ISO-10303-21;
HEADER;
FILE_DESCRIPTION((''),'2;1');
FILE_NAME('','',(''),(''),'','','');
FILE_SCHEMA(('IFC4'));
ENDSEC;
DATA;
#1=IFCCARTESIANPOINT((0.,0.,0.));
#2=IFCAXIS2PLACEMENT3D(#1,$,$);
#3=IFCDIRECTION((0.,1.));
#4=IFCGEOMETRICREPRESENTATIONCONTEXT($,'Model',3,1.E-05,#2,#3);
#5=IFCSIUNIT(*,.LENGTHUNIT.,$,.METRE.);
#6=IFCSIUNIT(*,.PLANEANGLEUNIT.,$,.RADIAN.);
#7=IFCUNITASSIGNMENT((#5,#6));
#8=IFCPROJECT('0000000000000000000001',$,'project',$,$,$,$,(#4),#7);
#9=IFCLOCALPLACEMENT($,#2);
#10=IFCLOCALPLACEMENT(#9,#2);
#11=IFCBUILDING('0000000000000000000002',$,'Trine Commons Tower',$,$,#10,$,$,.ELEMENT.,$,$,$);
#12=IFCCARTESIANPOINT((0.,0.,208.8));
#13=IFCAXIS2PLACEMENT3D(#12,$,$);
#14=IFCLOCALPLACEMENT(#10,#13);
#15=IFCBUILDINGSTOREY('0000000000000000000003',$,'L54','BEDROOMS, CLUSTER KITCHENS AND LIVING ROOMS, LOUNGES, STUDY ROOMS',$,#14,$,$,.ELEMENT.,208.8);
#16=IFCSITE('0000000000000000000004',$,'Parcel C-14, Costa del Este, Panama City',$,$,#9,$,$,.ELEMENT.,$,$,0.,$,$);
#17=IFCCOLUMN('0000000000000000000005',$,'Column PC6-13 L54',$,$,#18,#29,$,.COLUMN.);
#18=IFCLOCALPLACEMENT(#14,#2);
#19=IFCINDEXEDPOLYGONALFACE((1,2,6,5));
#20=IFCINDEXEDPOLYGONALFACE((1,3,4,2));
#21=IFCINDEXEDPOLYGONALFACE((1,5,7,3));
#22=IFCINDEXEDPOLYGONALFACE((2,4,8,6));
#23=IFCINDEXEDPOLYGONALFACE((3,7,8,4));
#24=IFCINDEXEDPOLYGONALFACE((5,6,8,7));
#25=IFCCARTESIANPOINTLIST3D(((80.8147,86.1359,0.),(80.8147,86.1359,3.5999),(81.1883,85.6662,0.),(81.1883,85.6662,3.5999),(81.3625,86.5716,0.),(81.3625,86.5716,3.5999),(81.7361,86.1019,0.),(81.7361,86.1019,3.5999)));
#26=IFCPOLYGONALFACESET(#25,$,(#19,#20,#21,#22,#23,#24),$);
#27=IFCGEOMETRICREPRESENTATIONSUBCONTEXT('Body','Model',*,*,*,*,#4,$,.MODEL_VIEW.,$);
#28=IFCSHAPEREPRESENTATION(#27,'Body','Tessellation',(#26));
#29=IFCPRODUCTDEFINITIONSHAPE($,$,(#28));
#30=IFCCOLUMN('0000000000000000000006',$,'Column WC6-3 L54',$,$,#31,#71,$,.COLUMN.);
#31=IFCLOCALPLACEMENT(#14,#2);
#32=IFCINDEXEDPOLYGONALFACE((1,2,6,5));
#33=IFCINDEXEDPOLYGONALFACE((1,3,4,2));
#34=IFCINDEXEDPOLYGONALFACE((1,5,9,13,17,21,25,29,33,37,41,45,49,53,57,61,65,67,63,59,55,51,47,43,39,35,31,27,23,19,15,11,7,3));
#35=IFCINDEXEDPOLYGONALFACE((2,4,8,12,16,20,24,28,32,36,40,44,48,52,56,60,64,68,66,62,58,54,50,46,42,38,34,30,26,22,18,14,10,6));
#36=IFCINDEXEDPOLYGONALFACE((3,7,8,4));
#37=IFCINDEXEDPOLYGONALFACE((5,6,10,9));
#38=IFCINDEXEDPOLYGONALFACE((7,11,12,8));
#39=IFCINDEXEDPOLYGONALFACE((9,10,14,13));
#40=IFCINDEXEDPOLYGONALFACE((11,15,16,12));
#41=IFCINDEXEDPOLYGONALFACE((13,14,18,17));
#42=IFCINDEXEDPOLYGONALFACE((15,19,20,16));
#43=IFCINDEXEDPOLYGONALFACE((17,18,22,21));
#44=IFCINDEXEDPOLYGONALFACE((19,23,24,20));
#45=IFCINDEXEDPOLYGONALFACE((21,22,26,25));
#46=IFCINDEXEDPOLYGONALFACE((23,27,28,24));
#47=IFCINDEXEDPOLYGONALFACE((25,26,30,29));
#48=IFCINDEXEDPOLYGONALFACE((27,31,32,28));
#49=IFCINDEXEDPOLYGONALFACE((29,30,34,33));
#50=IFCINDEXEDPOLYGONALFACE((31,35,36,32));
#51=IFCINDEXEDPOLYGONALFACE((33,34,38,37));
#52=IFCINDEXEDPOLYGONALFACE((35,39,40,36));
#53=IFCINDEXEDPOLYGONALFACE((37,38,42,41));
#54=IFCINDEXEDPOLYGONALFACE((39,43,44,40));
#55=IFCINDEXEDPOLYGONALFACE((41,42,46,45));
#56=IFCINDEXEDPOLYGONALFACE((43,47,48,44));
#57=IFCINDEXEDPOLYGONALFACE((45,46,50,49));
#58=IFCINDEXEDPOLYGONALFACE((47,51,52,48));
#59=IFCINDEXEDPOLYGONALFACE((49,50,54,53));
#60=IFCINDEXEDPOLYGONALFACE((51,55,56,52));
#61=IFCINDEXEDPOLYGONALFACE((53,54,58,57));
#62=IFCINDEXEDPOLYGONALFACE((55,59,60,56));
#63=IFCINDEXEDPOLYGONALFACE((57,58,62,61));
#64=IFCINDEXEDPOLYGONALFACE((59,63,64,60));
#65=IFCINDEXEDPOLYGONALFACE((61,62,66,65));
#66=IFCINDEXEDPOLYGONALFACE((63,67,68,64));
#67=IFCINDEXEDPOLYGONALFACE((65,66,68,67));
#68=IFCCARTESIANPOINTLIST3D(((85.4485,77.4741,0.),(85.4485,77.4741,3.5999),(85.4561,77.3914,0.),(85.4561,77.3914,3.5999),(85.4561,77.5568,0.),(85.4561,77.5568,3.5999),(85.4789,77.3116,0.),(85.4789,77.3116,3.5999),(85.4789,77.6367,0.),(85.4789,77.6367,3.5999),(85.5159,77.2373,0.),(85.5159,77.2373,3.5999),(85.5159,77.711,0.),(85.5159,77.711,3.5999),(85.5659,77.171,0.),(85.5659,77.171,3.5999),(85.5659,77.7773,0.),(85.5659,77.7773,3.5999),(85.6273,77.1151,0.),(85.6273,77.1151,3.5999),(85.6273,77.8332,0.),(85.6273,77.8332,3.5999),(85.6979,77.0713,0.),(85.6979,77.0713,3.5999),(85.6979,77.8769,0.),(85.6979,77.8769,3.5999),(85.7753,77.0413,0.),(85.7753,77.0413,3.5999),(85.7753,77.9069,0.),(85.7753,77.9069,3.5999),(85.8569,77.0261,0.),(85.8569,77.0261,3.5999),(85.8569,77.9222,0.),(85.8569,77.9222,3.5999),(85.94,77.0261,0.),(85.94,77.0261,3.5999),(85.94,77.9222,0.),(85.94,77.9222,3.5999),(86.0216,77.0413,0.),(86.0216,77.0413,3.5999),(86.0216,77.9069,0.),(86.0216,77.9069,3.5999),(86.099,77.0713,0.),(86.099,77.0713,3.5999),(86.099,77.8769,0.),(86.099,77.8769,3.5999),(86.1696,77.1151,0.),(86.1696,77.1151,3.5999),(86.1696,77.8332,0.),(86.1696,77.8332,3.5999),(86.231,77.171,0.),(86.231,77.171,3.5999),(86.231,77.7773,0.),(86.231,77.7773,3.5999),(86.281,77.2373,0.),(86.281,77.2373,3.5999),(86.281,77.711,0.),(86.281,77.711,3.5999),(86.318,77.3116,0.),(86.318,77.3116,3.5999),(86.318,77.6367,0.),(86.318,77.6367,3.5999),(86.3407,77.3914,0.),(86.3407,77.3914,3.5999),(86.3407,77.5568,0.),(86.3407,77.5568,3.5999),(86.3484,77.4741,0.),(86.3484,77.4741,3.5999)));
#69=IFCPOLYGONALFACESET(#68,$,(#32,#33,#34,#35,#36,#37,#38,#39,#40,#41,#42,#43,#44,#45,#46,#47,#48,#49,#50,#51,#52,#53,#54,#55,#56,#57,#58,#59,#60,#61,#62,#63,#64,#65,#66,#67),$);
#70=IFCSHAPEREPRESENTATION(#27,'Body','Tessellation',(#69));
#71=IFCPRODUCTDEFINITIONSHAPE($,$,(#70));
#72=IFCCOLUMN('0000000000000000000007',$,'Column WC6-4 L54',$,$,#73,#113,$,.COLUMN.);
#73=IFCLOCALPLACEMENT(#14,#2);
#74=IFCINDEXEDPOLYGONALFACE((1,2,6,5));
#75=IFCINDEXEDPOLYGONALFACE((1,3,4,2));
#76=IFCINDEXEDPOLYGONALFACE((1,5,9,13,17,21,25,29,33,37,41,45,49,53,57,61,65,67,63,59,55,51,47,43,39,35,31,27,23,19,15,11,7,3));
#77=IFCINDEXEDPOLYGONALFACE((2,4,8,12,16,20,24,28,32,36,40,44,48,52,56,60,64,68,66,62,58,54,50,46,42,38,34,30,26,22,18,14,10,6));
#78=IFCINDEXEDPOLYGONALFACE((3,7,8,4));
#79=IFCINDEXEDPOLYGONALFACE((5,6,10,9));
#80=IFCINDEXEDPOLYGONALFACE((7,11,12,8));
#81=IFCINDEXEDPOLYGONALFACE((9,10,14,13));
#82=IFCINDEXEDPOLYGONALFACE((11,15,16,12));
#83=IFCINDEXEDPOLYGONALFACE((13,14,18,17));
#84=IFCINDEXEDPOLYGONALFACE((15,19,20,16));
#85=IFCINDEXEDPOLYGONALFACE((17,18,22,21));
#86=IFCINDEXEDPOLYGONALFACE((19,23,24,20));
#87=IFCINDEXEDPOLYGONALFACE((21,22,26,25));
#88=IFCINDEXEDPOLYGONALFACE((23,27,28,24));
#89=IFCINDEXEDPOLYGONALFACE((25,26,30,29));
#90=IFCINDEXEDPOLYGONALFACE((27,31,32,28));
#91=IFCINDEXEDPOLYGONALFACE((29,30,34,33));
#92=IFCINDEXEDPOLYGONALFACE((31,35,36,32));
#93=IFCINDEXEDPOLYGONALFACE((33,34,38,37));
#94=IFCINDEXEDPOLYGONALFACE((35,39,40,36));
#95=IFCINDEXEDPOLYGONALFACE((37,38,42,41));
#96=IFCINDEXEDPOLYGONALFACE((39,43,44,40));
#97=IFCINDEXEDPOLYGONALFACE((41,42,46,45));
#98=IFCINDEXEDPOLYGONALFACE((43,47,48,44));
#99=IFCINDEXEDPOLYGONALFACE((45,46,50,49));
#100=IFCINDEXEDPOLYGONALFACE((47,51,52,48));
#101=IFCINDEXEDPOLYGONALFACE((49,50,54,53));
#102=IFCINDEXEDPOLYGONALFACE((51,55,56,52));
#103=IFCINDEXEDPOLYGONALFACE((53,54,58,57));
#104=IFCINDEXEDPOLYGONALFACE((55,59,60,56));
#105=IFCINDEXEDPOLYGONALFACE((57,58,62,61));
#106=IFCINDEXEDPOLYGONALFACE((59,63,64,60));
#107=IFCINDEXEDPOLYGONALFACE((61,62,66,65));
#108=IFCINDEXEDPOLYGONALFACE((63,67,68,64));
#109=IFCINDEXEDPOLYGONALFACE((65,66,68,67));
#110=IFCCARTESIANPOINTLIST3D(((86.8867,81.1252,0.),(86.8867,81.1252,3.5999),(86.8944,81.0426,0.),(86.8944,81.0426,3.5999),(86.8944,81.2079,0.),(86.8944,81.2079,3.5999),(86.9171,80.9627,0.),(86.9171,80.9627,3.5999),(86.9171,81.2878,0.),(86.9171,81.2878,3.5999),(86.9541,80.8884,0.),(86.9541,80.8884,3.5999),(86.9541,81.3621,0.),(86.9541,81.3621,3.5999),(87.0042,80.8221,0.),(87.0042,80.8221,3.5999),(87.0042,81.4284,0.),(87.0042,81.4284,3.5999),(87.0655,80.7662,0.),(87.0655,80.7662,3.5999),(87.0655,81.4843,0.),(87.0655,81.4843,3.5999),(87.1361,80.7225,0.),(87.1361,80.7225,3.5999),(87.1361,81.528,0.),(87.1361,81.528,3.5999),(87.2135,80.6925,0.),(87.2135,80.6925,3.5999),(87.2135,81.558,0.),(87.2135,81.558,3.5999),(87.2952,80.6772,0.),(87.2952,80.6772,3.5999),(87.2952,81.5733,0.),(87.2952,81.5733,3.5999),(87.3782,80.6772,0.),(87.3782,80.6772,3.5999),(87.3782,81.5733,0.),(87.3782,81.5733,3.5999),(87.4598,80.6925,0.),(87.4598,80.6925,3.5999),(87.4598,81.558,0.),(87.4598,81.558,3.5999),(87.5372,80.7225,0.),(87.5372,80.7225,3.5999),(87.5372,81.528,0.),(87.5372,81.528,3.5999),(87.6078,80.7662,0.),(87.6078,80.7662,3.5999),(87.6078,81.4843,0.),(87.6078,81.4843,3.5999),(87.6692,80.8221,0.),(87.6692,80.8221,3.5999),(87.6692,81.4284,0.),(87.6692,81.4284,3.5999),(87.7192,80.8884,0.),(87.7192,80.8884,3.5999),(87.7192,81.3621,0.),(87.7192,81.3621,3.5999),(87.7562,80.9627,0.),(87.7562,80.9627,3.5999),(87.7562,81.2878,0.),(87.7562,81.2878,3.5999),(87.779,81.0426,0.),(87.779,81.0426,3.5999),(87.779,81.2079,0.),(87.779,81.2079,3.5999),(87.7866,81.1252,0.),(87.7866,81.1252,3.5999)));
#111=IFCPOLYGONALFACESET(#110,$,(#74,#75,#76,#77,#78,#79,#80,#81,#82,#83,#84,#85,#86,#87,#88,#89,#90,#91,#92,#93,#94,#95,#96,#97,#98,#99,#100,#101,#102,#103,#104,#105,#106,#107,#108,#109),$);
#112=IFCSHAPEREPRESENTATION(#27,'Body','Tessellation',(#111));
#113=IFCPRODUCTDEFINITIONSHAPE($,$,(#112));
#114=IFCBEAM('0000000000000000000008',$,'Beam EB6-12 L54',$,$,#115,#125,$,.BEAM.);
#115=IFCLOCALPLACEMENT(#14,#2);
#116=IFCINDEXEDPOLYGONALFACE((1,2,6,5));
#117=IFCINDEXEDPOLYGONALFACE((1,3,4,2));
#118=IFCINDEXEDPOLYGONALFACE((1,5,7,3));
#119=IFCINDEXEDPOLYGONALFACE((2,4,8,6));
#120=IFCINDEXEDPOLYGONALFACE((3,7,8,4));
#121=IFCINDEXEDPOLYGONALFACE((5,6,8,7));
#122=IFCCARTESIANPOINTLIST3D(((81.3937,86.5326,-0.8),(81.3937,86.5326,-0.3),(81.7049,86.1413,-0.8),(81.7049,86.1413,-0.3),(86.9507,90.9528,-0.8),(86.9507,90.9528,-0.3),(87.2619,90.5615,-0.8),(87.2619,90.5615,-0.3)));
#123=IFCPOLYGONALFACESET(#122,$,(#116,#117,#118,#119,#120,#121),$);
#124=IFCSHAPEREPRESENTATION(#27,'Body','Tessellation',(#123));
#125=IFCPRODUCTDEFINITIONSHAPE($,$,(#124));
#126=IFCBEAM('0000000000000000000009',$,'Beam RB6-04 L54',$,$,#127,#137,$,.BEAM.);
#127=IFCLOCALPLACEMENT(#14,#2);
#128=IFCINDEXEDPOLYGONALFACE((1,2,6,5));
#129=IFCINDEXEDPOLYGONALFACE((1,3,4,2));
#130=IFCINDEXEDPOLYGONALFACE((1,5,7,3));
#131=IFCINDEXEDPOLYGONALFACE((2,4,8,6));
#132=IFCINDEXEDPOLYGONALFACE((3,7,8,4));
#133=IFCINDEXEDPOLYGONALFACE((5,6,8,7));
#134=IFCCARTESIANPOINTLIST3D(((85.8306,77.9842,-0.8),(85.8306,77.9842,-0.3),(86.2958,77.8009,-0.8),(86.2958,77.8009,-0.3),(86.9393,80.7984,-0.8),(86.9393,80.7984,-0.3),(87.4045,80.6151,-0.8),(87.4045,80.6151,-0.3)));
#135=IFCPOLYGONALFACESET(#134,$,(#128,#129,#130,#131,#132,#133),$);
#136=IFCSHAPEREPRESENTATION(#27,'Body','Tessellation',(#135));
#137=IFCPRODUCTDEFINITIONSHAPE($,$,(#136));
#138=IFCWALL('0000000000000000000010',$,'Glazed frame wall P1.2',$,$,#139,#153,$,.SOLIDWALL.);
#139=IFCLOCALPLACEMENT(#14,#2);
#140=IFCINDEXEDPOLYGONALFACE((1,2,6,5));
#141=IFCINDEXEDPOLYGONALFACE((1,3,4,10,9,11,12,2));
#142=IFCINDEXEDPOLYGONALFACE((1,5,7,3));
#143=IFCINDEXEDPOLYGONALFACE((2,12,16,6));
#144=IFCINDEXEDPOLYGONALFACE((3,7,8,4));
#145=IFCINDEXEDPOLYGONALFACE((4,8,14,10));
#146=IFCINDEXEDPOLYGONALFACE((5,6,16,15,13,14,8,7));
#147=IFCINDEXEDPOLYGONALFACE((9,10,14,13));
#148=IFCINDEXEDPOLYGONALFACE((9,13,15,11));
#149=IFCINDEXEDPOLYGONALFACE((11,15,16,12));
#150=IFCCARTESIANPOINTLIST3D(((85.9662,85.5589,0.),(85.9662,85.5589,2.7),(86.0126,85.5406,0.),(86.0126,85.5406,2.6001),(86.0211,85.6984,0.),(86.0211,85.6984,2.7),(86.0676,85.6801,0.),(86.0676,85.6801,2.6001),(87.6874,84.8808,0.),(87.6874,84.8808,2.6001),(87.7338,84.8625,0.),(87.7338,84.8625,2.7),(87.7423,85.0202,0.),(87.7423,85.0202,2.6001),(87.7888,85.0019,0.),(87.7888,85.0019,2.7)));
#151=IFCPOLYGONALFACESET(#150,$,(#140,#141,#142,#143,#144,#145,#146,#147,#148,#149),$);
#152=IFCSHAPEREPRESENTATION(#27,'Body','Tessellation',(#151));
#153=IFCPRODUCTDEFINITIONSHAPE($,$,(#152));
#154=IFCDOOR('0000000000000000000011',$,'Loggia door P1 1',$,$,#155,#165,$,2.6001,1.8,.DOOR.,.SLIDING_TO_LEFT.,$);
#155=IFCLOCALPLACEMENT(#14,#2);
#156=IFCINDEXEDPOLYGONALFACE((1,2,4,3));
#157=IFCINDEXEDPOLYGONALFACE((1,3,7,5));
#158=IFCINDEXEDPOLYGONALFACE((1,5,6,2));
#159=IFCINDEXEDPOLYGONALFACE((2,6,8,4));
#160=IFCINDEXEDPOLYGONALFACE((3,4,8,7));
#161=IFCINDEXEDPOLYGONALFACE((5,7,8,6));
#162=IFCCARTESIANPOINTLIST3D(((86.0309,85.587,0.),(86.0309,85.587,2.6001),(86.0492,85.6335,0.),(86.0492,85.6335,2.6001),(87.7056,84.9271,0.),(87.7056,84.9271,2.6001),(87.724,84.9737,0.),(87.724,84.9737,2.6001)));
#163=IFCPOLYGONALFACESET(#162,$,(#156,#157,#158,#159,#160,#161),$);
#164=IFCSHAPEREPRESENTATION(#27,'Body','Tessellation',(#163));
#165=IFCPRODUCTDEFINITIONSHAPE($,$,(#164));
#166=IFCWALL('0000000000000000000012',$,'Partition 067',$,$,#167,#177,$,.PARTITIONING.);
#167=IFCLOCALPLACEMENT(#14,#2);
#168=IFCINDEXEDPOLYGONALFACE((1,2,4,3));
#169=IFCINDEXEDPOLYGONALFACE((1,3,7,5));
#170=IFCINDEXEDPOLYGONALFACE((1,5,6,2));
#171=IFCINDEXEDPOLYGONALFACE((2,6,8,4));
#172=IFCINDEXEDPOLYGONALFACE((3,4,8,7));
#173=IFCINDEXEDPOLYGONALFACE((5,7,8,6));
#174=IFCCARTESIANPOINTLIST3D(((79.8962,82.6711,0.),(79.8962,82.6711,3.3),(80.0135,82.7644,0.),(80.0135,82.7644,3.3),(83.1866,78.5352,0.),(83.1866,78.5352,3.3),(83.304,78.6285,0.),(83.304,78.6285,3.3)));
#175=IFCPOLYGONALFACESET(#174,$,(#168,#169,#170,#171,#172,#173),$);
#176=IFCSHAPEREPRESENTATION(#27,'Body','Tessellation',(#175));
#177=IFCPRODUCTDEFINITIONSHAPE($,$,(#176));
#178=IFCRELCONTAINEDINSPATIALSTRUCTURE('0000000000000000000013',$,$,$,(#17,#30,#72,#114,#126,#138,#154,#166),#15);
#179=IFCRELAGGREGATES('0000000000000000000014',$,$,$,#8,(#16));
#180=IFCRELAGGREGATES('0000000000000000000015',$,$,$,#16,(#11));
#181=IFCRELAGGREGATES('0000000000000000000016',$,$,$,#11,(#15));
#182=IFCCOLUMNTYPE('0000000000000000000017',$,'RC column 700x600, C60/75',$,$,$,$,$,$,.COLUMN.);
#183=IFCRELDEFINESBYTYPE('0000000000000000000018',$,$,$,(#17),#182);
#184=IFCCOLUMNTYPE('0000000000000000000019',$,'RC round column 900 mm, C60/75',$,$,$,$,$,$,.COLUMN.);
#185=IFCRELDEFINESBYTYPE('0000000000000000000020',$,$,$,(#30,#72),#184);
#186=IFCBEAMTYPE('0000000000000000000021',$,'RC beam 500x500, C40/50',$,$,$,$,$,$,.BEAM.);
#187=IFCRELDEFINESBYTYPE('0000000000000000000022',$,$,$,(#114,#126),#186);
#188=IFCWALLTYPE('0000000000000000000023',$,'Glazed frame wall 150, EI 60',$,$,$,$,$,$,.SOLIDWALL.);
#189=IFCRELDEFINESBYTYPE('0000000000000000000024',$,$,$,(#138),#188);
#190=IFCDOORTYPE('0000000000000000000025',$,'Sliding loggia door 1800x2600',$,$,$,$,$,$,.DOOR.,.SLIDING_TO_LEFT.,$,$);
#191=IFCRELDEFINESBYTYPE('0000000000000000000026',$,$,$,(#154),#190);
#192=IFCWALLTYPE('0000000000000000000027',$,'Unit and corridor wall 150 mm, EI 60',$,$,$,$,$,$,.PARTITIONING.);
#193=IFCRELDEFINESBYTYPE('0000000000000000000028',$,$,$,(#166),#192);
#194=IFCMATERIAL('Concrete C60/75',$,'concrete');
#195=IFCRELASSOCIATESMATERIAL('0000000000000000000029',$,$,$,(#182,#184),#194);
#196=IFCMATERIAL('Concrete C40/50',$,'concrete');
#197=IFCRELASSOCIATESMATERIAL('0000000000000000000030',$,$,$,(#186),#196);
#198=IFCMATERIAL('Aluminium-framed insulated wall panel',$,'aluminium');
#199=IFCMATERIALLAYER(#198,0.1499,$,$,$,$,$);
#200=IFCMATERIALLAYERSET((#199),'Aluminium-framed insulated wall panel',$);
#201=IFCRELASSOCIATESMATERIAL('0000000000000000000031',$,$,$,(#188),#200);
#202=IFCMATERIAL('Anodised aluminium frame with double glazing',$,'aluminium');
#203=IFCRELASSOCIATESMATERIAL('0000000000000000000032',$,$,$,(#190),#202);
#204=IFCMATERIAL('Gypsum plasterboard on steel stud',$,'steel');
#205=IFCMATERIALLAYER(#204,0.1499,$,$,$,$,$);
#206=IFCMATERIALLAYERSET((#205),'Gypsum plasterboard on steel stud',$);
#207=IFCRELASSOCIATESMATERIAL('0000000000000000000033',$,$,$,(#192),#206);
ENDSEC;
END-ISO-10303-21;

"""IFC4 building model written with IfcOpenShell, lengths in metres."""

from ifc_helpers import new_model, si_unit, direction, frame, frame_2d, origin, origin_2d, place, context, subcontext, project, spatial, polyline, rectangle, circle, outline, extrude, material, layer, layer_set, material_profile, profile_set, type_object, element, fill, save


model = new_model("IFC4")

# Units and contexts
model_context = context("Model", 3, precision=1e-05, world=origin(), true_north=direction((0.0, 1.0)))
body_context = subcontext(model_context, "Body", "Model", "MODEL_VIEW")
ifc_project = project(units=[si_unit("LENGTHUNIT", "METRE"), si_unit("PLANEANGLEUNIT", "RADIAN")], contexts=[model_context])

# Site, building, storey
site_placement = place(None, origin())
site = spatial("IfcSite", under=ifc_project, at=site_placement, Name="Parcel C-14, Costa del Este, Panama City", CompositionType="ELEMENT", RefElevation=0.0)
building_placement = place(site_placement, origin())
building = spatial("IfcBuilding", under=site, at=building_placement, Name="Trine Commons Tower", CompositionType="ELEMENT")
storey_placement = place(building_placement, frame((0.0, 0.0, 208.8)))
storey = spatial("IfcBuildingStorey", under=building, at=storey_placement, Name="L54", Description="BEDROOMS, CLUSTER KITCHENS AND LIVING ROOMS, LOUNGES, STUDY ROOMS", CompositionType="ELEMENT", Elevation=208.8)

# Columns
ifc_material_1 = material(Name="Concrete C60/75", Category="concrete")
ifc_material_profile_1 = material_profile(ifc_material_1, rectangle(XDim=0.7, YDim=0.6001, at=origin_2d()), Name="RC 700x600")
ifc_profile_set_1 = profile_set([ifc_material_profile_1], Name="Concrete C60/75")
column_type_1 = type_object("IfcColumnType", Name="RC column 700x600, C60/75", PredefinedType="COLUMN", material=ifc_profile_set_1)
column_placement = place(storey_placement, frame((81.2754, 86.1189, 0.0), z_axis=(0.0, 0.0, 1.0), x_axis=(0.782608, 0.622515, 0.0)))
element("IfcColumn", 1, at=column_placement, inside=storey, type_object=column_type_1, Name="Column PC6-13 L54", PredefinedType="COLUMN", context=body_context, shape_type="SweptSolid", body=[
    extrude(rectangle(XDim=0.7, YDim=0.6001, at=origin_2d()), origin(), (0.0, 0.0, 1.0), 3.5999),
])
ifc_material_profile_2 = material_profile(ifc_material_1, circle(Radius=0.45, at=origin_2d()), Name="RC round 900")
ifc_profile_set_2 = profile_set([ifc_material_profile_2], Name="Concrete C60/75")
column_type_2 = type_object("IfcColumnType", Name="RC round column 900 mm, C60/75", PredefinedType="COLUMN", material=ifc_profile_set_2)
for number, where, z_axis, x_axis, name in (
    (2, (85.8984, 77.4741, 0.0), (0.0, 0.0, 1.0), (1.0, 0.0, 0.0), "Column WC6-3 L54"),
    (3, (87.3367, 81.1252, 0.0), (0.0, 0.0, 1.0), (1.0, 0.0, 0.0), "Column WC6-4 L54"),
):
    element("IfcColumn", number, at=place(storey_placement, frame(where, z_axis=z_axis, x_axis=x_axis)), inside=storey, type_object=column_type_2, Name=name, PredefinedType="COLUMN", context=body_context, shape_type="SweptSolid", body=[
        extrude(circle(Radius=0.45, at=origin_2d()), origin(), (0.0, 0.0, 1.0), 3.5999),
    ])

# Beams
ifc_material_2 = material(Name="Concrete C40/50", Category="concrete")
ifc_material_profile_3 = material_profile(ifc_material_2, rectangle(XDim=0.5, YDim=0.5, at=origin_2d()), Name="RC 500x500")
ifc_profile_set_3 = profile_set([ifc_material_profile_3], Name="Concrete C40/50")
beam_type = type_object("IfcBeamType", Name="RC beam 500x500, C40/50", PredefinedType="BEAM", material=ifc_profile_set_3)
beam_1_placement = place(storey_placement, frame((81.5493, 86.3369, -0.55), z_axis=(0.782607, 0.622516, 0.0), x_axis=(-0.622516, 0.782607, 0.0)))
element("IfcBeam", 4, at=beam_1_placement, inside=storey, type_object=beam_type, Name="Beam EB6-12 L54", PredefinedType="BEAM", context=body_context, shape_type="SweptSolid", body=[
    extrude(rectangle(XDim=0.5, YDim=0.5, at=origin_2d()), origin(), (0.0, 0.0, 1.0), 7.1006),
])
beam_2_placement = place(storey_placement, frame((86.0632, 77.8926, -0.55), z_axis=(0.366529, 0.930407, 0.0), x_axis=(-0.930407, 0.366529, 0.0)))
element("IfcBeam", 5, at=beam_2_placement, inside=storey, type_object=beam_type, Name="Beam RB6-04 L54", PredefinedType="BEAM", context=body_context, shape_type="SweptSolid", body=[
    extrude(rectangle(XDim=0.5, YDim=0.5, at=origin_2d()), origin(), (0.0, 0.0, 1.0), 3.0247),
])

# Shared definitions
ifc_material_3 = material(Name="Aluminium-framed insulated wall panel", Category="aluminium")
ifc_layer_1 = layer(ifc_material_3, 0.1499)
ifc_layer_set_1 = layer_set([ifc_layer_1], Name="Aluminium-framed insulated wall panel")
wall_type_1 = type_object("IfcWallType", Name="Glazed frame wall 150, EI 60", PredefinedType="SOLIDWALL", material=ifc_layer_set_1)

# Wall, opening, door
wall_1_placement = place(storey_placement, frame((85.9937, 85.6287, 0.0), z_axis=(0.0, 0.0, 1.0), x_axis=(0.930387, -0.366578, 0.0)))
wall_1 = element("IfcWall", 6, at=wall_1_placement, inside=storey, type_object=wall_type_1, Name="Glazed frame wall P1.2", PredefinedType="SOLIDWALL", context=body_context, shape_type="SweptSolid", body=[
    extrude(outline(polyline([(0.0, -0.075), (1.8999, -0.075), (1.8999, 0.075), (0.0, 0.075), (0.0, -0.075)])), origin(), (0.0, 0.0, 1.0), 2.7),
])
opening_1_placement = place(wall_1_placement, frame((0.05, 0.0, 0.0)))
opening_1 = element("IfcOpeningElement", 7, at=opening_1_placement, cuts=wall_1, PredefinedType="OPENING", context=body_context, shape_type="SweptSolid", body=[
    extrude(rectangle(XDim=1.8, YDim=2.6001, at=frame_2d((0.8999, 1.3))), frame((0.0, 0.085, 0.0), z_axis=(0.0, -1.0, 0.0), x_axis=(1.0, 0.0, 0.0)), (0.0, 0.0, 1.0), 0.1699),
])
ifc_material_4 = material(Name="Anodised aluminium frame with double glazing", Category="aluminium")
door_type_1 = type_object("IfcDoorType", Name="Sliding loggia door 1800x2600", OperationType="SLIDING_TO_LEFT", PredefinedType="DOOR", material=ifc_material_4)
door_1_placement = place(opening_1_placement, origin())
door_1 = element("IfcDoor", 8, at=door_1_placement, inside=storey, type_object=door_type_1, Name="Loggia door P1 1", OperationType="SLIDING_TO_LEFT", OverallHeight=2.6001, OverallWidth=1.8, PredefinedType="DOOR", context=body_context, shape_type="SweptSolid", body=[
    extrude(rectangle(XDim=1.8, YDim=2.6001, at=frame_2d((0.8999, 1.3))), frame((0.0, 0.0249, 0.0), z_axis=(0.0, -1.0, 0.0), x_axis=(1.0, 0.0, 0.0)), (0.0, 0.0, 1.0), 0.05),
])
fill(opening_1, door_1)

# Wall
ifc_material_5 = material(Name="Gypsum plasterboard on steel stud", Category="steel")
ifc_layer_2 = layer(ifc_material_5, 0.1499)
ifc_layer_set_2 = layer_set([ifc_layer_2], Name="Gypsum plasterboard on steel stud")
wall_type_2 = type_object("IfcWallType", Name="Unit and corridor wall 150 mm, EI 60", PredefinedType="PARTITIONING", material=ifc_layer_set_2)
wall_2_placement = place(storey_placement, frame((79.9548, 82.7178, 0.0), z_axis=(0.0, 0.0, 1.0), x_axis=(0.622586, -0.782551, 0.0)))
element("IfcWall", 9, at=wall_2_placement, inside=storey, type_object=wall_type_2, Name="Partition 067", PredefinedType="PARTITIONING", context=body_context, shape_type="SweptSolid", body=[
    extrude(rectangle(XDim=5.2852, YDim=0.1499, at=frame_2d((2.6426, 0.0))), origin(), (0.0, 0.0, 1.0), 3.3),
])

save(model, "model.ifc")
